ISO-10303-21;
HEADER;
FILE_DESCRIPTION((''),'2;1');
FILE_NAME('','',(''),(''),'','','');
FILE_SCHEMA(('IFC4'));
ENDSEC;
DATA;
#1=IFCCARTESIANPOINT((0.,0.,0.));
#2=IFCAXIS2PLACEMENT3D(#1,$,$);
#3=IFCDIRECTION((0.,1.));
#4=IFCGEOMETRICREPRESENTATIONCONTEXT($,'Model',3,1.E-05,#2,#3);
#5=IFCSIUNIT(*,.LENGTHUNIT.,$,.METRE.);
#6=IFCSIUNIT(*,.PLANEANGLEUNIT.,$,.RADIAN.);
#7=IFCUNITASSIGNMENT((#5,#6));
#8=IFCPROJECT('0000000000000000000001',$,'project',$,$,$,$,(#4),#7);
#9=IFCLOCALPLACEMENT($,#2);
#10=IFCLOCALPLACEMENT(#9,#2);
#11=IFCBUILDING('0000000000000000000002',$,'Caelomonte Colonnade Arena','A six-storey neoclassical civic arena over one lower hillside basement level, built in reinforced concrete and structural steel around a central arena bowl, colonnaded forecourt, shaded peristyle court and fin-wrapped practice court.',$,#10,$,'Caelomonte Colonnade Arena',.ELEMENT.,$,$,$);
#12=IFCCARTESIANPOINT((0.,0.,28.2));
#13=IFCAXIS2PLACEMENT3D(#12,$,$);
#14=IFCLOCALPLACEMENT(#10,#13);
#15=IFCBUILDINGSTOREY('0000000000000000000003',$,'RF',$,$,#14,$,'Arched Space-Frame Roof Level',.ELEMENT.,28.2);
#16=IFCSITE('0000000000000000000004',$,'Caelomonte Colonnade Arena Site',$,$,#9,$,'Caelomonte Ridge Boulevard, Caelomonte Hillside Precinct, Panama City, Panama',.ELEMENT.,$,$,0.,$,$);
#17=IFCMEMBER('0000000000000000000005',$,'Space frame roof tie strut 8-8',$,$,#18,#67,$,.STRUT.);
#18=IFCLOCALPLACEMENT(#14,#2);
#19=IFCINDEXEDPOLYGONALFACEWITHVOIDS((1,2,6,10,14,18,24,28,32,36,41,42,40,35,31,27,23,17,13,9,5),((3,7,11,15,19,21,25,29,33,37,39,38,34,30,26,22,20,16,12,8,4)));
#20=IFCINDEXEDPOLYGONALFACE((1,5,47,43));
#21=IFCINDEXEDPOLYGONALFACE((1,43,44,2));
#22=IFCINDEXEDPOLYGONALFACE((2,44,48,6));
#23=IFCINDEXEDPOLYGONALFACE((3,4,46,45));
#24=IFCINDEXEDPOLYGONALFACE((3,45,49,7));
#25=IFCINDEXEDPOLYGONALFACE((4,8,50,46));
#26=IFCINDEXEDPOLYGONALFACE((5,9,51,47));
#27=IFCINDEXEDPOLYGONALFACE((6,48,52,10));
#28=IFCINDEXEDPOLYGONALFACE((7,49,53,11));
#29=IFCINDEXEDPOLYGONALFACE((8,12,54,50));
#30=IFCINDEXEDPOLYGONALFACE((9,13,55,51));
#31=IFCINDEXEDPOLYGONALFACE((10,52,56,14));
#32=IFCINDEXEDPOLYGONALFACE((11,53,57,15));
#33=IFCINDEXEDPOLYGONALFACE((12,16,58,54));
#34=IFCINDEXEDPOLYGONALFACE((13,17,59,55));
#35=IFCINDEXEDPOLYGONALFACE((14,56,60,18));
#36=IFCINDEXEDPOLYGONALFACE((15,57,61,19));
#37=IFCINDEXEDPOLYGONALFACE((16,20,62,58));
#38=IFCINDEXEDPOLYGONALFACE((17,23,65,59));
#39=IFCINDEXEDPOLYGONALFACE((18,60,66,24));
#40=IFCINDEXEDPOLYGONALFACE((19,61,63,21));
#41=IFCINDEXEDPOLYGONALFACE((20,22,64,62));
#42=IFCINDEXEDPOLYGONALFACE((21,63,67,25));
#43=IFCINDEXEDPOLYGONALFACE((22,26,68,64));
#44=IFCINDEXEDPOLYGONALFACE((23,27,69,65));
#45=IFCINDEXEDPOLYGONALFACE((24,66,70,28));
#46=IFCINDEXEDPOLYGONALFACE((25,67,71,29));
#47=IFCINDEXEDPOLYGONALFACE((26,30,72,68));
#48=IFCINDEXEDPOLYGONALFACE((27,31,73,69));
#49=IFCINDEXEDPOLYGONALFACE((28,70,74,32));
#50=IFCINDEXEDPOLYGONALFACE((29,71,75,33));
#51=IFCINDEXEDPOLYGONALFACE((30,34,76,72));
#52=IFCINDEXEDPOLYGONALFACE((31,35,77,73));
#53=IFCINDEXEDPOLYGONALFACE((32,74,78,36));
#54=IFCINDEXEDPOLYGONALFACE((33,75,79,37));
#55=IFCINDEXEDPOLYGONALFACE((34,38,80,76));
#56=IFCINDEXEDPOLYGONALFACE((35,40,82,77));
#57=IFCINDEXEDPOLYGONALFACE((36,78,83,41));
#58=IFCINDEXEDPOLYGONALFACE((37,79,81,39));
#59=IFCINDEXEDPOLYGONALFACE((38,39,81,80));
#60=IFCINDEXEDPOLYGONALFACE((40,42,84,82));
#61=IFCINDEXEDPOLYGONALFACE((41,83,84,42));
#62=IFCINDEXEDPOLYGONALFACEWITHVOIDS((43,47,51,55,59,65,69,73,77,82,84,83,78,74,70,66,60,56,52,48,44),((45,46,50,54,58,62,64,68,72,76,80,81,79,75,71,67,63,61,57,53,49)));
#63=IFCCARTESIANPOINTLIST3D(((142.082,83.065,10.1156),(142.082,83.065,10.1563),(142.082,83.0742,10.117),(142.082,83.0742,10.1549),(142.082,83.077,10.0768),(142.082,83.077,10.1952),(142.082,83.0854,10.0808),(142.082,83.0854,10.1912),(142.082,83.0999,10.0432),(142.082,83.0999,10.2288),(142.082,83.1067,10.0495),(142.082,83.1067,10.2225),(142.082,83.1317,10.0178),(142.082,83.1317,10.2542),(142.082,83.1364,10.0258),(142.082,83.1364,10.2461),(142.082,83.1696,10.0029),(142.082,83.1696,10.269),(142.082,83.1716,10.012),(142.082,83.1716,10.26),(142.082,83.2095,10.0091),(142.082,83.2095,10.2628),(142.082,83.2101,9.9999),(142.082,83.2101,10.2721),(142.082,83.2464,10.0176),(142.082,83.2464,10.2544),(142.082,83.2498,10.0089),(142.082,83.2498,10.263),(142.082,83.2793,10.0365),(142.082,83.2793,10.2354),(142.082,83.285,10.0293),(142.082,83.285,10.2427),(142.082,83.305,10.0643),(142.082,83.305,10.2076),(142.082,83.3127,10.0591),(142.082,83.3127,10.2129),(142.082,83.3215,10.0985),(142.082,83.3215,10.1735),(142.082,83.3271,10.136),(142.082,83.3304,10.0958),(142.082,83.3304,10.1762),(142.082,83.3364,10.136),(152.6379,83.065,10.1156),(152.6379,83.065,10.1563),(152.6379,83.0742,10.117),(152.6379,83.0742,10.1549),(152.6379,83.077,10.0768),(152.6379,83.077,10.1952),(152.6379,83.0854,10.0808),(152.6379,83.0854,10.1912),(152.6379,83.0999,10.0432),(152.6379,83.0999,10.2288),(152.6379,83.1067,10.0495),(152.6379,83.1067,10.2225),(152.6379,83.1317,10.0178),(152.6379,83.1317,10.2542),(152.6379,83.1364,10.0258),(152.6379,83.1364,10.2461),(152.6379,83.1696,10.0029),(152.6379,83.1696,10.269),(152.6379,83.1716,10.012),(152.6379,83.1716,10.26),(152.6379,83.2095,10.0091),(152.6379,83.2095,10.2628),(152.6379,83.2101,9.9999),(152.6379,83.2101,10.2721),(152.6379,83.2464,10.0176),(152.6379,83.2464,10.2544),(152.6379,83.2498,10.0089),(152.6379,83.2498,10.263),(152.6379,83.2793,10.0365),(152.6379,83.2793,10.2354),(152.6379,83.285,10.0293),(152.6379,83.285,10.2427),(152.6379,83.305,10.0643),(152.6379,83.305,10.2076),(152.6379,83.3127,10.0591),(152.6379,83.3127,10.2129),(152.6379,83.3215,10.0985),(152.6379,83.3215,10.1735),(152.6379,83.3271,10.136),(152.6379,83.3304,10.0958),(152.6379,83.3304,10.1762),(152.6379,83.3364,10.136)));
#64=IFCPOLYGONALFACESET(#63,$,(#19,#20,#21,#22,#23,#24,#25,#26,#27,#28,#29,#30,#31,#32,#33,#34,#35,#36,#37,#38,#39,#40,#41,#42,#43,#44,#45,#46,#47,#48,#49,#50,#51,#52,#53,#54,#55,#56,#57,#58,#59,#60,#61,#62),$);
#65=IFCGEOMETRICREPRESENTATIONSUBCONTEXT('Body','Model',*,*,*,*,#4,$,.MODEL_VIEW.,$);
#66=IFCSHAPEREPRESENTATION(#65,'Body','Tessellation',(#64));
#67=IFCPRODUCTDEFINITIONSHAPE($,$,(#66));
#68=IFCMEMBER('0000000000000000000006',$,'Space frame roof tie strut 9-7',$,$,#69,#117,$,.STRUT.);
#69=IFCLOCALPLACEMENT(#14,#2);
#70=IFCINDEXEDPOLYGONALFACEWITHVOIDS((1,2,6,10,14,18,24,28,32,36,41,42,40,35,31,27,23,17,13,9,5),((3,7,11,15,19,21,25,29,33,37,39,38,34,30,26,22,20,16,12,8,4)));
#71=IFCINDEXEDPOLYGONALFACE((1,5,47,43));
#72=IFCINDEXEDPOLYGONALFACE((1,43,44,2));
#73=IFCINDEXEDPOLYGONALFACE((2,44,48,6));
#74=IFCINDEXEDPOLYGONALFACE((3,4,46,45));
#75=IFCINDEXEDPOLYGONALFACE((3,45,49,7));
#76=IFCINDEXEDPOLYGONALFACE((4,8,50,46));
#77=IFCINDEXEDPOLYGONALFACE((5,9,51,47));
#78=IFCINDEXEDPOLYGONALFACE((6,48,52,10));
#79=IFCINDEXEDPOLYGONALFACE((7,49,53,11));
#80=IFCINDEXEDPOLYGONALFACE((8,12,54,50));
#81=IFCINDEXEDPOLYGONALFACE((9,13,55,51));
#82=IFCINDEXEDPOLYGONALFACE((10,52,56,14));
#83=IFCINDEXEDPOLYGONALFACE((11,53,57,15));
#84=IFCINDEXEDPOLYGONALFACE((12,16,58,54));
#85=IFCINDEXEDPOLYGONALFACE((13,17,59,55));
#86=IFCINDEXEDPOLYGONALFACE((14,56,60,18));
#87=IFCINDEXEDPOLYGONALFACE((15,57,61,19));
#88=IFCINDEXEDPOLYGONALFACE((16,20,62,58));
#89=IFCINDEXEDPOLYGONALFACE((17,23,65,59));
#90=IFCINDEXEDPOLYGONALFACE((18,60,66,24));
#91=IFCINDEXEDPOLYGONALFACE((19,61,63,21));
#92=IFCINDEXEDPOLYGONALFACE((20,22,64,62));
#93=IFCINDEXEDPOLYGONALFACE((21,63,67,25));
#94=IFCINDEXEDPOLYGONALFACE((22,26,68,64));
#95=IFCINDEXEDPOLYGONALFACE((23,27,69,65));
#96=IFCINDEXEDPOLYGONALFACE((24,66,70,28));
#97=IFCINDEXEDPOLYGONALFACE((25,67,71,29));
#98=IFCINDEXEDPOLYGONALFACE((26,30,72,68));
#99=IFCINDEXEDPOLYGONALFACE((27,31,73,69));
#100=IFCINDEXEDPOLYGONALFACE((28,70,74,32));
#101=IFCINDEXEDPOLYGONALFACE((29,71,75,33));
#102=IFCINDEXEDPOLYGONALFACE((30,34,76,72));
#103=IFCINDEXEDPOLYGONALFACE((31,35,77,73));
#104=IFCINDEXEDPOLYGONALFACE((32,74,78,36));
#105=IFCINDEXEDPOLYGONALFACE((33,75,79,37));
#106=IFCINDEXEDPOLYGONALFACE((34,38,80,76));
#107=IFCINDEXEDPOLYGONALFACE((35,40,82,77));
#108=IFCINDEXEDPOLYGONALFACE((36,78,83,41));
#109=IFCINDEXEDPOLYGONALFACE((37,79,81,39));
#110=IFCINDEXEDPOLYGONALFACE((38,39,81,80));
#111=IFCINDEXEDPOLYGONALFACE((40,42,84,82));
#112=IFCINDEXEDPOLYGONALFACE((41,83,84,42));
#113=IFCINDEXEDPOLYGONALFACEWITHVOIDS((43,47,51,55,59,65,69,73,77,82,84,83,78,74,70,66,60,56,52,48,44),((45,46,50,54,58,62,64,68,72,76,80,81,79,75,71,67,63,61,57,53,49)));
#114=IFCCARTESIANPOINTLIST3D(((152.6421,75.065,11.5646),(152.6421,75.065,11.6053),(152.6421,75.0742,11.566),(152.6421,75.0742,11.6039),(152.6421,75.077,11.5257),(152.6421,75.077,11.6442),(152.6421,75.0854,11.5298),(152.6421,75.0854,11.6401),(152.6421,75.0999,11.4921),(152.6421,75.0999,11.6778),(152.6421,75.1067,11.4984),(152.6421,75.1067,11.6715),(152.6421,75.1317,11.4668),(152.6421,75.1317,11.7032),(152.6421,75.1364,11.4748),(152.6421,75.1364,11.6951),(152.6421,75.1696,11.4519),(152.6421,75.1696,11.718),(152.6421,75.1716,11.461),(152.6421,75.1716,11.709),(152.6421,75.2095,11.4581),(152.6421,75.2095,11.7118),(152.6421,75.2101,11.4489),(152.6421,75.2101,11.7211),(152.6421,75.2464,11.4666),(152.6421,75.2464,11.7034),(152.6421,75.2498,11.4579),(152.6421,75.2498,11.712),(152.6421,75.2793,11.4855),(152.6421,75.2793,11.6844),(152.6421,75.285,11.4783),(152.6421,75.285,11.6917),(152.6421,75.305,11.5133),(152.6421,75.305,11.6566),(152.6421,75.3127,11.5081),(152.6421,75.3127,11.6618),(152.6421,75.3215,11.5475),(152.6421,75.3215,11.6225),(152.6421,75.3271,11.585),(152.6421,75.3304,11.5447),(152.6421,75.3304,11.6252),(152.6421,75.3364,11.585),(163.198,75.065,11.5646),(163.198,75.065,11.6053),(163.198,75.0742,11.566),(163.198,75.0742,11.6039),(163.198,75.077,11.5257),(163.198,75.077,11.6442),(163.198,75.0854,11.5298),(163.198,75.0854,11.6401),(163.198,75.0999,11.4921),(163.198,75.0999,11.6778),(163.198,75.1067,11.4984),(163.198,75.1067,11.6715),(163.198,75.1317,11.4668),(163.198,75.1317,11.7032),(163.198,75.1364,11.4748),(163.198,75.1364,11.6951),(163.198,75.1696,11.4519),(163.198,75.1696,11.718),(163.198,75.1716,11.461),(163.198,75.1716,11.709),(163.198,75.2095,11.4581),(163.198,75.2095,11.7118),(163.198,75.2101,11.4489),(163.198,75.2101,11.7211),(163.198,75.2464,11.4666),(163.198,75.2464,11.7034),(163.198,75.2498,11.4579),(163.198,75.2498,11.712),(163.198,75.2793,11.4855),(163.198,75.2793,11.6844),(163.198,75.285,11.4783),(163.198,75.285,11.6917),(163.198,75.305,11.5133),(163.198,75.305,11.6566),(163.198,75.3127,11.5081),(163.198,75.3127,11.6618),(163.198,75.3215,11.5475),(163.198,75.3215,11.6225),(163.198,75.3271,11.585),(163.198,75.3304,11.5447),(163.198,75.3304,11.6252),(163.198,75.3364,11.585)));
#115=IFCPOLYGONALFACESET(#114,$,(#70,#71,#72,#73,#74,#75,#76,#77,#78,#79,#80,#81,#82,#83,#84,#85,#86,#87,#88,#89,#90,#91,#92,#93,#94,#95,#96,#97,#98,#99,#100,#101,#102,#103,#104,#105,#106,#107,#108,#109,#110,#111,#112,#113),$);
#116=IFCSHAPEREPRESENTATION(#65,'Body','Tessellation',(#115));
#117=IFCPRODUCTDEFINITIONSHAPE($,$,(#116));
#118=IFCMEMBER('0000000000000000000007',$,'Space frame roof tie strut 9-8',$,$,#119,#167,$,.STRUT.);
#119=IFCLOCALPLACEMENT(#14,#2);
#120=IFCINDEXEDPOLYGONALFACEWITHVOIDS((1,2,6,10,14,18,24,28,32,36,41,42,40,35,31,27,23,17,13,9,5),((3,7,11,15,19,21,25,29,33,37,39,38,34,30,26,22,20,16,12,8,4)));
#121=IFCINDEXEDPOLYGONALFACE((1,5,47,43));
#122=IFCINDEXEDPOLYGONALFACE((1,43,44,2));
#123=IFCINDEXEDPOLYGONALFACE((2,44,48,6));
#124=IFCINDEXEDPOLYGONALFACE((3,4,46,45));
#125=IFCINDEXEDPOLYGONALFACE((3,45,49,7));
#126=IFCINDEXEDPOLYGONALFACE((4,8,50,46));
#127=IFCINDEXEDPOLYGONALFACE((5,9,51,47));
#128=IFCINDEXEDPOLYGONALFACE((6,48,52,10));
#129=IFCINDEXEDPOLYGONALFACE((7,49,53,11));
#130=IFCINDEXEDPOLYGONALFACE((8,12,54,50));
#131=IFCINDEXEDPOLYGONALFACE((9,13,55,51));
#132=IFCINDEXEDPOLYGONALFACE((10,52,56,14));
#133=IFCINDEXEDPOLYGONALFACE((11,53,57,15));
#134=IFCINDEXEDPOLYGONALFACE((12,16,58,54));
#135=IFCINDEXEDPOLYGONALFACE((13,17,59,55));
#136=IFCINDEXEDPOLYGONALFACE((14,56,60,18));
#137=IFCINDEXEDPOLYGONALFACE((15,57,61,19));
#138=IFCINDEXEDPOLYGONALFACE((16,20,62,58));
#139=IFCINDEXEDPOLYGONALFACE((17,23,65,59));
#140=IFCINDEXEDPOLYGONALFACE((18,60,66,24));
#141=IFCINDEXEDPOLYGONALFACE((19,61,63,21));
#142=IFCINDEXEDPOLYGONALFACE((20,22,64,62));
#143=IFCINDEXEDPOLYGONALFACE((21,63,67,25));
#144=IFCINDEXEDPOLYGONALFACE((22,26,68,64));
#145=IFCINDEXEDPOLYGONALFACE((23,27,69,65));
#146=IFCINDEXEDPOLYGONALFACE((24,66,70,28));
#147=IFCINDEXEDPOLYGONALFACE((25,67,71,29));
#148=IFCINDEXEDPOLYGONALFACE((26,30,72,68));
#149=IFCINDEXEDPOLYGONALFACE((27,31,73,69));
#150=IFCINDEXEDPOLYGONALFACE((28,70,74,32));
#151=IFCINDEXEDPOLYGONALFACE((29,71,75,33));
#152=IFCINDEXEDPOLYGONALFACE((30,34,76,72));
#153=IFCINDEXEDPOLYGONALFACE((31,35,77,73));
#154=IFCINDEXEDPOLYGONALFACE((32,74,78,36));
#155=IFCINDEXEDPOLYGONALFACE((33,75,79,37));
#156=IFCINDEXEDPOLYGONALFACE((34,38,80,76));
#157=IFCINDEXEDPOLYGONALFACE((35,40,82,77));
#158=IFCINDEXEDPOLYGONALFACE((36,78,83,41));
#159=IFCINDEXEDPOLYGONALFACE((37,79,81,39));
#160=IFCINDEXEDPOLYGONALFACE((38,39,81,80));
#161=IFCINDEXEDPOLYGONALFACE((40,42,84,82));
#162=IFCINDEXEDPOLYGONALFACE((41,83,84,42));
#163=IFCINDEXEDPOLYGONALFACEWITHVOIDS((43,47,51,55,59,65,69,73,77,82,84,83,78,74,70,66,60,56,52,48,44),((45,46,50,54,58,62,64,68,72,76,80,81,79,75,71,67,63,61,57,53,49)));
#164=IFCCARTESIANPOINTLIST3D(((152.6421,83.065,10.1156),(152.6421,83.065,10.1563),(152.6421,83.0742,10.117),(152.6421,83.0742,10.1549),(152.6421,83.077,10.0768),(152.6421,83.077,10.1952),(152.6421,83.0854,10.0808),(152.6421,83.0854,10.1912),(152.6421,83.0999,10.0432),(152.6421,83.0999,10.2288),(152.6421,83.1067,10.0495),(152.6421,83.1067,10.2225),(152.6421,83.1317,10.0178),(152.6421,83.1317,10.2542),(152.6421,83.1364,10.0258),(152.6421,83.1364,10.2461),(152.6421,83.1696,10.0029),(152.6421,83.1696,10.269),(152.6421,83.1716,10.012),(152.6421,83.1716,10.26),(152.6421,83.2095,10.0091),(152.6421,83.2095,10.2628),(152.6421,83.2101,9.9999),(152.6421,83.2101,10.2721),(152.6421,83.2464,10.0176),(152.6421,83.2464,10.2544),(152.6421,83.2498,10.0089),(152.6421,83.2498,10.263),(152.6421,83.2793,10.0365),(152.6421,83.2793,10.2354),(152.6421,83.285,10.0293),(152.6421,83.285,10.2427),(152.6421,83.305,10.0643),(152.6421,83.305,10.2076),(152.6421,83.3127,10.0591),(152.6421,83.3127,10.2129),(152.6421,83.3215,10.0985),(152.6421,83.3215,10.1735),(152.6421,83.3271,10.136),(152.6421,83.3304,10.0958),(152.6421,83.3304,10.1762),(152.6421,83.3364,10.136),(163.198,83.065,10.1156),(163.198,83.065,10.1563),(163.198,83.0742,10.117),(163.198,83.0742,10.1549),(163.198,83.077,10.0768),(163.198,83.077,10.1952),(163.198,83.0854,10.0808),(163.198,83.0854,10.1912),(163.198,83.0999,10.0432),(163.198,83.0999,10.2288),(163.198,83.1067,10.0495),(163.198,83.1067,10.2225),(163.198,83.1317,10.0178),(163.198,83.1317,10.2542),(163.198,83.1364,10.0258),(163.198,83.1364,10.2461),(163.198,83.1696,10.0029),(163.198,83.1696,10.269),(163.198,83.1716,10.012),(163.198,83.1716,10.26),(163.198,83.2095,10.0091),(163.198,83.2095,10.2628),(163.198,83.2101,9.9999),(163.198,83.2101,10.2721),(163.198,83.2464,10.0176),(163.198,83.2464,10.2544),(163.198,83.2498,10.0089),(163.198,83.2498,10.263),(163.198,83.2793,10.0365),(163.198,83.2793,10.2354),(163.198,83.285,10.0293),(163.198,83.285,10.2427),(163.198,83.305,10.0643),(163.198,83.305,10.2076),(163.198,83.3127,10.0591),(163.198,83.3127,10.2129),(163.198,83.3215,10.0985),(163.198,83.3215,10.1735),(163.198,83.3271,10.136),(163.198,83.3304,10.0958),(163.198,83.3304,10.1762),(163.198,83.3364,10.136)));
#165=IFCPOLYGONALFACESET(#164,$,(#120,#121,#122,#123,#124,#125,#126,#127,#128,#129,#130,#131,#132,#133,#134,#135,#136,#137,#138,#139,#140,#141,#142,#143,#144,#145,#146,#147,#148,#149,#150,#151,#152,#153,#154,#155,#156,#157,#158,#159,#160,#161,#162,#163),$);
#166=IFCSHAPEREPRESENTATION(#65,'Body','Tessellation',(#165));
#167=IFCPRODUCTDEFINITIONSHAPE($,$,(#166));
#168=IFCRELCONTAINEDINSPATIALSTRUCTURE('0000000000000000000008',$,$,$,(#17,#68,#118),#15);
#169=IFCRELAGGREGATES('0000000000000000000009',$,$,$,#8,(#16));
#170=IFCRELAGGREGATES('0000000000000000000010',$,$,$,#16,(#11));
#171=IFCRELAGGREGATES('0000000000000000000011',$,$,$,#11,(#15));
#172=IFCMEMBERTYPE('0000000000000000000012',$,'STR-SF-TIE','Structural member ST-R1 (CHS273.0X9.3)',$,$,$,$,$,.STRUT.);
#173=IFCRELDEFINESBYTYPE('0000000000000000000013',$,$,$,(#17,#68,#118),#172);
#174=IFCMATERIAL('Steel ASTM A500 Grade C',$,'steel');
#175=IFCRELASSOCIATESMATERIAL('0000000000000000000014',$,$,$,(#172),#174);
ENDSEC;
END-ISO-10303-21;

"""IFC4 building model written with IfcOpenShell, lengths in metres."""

from ifc_helpers import new_model, si_unit, direction, frame, origin, origin_2d, place, context, subcontext, project, spatial, hollow_circle, extrude, material, material_profile, profile_set, type_object, element, save


model = new_model("IFC4")

# Units and contexts
model_context = context("Model", 3, precision=1e-05, world=origin(), true_north=direction((0.0, 1.0)))
body_context = subcontext(model_context, "Body", "Model", "MODEL_VIEW")
ifc_project = project(units=[si_unit("LENGTHUNIT", "METRE"), si_unit("PLANEANGLEUNIT", "RADIAN")], contexts=[model_context])

# Site, building, storey
site_placement = place(None, origin())
site = spatial("IfcSite", under=ifc_project, at=site_placement, Name="Caelomonte Colonnade Arena Site", LongName="Caelomonte Ridge Boulevard, Caelomonte Hillside Precinct, Panama City, Panama", CompositionType="ELEMENT", RefElevation=0.0)
building_placement = place(site_placement, origin())
building = spatial("IfcBuilding", under=site, at=building_placement, Name="Caelomonte Colonnade Arena", Description="A six-storey neoclassical civic arena over one lower hillside basement level, built in reinforced concrete and structural steel around a central arena bowl, colonnaded forecourt, shaded peristyle court and fin-wrapped practice court.", LongName="Caelomonte Colonnade Arena", CompositionType="ELEMENT")
storey_placement = place(building_placement, frame((0.0, 0.0, 28.2)))
storey = spatial("IfcBuildingStorey", under=building, at=storey_placement, Name="RF", LongName="Arched Space-Frame Roof Level", CompositionType="ELEMENT", Elevation=28.2)

# Members
ifc_material_1 = material(Name="Steel ASTM A500 Grade C", Category="steel")
ifc_material_profile_1 = material_profile(ifc_material_1, hollow_circle(Radius=0.1365, WallThickness=0.0093, at=origin_2d()), Name="CHS273.0X9.3")
ifc_profile_set_1 = profile_set([ifc_material_profile_1], Name="Steel ASTM A500 Grade C")
member_type_1 = type_object("IfcMemberType", Name="STR-SF-TIE", Description="Structural member ST-R1 (CHS273.0X9.3)", PredefinedType="STRUT", material=ifc_profile_set_1)
for number, where, z_axis, x_axis, name in (
    (1, (142.082, 83.2, 10.136), (1.0, 0.0, 0.0), (0.0, 1.0, 0.0), "Space frame roof tie strut 8-8"),
    (2, (152.6421, 75.2, 11.585), (1.0, 0.0, 0.0), (0.0, 1.0, 0.0), "Space frame roof tie strut 9-7"),
    (3, (152.6421, 83.2, 10.136), (1.0, 0.0, 0.0), (0.0, 1.0, 0.0), "Space frame roof tie strut 9-8"),
):
    element("IfcMember", number, at=place(storey_placement, frame(where, z_axis=z_axis, x_axis=x_axis)), inside=storey, type_object=member_type_1, Name=name, PredefinedType="STRUT", context=body_context, shape_type="SweptSolid", body=[
        extrude(hollow_circle(Radius=0.1365, WallThickness=0.0093, at=origin_2d()), origin(), (0.0, 0.0, 1.0), 10.5559),
    ])

save(model, "model.ifc")
